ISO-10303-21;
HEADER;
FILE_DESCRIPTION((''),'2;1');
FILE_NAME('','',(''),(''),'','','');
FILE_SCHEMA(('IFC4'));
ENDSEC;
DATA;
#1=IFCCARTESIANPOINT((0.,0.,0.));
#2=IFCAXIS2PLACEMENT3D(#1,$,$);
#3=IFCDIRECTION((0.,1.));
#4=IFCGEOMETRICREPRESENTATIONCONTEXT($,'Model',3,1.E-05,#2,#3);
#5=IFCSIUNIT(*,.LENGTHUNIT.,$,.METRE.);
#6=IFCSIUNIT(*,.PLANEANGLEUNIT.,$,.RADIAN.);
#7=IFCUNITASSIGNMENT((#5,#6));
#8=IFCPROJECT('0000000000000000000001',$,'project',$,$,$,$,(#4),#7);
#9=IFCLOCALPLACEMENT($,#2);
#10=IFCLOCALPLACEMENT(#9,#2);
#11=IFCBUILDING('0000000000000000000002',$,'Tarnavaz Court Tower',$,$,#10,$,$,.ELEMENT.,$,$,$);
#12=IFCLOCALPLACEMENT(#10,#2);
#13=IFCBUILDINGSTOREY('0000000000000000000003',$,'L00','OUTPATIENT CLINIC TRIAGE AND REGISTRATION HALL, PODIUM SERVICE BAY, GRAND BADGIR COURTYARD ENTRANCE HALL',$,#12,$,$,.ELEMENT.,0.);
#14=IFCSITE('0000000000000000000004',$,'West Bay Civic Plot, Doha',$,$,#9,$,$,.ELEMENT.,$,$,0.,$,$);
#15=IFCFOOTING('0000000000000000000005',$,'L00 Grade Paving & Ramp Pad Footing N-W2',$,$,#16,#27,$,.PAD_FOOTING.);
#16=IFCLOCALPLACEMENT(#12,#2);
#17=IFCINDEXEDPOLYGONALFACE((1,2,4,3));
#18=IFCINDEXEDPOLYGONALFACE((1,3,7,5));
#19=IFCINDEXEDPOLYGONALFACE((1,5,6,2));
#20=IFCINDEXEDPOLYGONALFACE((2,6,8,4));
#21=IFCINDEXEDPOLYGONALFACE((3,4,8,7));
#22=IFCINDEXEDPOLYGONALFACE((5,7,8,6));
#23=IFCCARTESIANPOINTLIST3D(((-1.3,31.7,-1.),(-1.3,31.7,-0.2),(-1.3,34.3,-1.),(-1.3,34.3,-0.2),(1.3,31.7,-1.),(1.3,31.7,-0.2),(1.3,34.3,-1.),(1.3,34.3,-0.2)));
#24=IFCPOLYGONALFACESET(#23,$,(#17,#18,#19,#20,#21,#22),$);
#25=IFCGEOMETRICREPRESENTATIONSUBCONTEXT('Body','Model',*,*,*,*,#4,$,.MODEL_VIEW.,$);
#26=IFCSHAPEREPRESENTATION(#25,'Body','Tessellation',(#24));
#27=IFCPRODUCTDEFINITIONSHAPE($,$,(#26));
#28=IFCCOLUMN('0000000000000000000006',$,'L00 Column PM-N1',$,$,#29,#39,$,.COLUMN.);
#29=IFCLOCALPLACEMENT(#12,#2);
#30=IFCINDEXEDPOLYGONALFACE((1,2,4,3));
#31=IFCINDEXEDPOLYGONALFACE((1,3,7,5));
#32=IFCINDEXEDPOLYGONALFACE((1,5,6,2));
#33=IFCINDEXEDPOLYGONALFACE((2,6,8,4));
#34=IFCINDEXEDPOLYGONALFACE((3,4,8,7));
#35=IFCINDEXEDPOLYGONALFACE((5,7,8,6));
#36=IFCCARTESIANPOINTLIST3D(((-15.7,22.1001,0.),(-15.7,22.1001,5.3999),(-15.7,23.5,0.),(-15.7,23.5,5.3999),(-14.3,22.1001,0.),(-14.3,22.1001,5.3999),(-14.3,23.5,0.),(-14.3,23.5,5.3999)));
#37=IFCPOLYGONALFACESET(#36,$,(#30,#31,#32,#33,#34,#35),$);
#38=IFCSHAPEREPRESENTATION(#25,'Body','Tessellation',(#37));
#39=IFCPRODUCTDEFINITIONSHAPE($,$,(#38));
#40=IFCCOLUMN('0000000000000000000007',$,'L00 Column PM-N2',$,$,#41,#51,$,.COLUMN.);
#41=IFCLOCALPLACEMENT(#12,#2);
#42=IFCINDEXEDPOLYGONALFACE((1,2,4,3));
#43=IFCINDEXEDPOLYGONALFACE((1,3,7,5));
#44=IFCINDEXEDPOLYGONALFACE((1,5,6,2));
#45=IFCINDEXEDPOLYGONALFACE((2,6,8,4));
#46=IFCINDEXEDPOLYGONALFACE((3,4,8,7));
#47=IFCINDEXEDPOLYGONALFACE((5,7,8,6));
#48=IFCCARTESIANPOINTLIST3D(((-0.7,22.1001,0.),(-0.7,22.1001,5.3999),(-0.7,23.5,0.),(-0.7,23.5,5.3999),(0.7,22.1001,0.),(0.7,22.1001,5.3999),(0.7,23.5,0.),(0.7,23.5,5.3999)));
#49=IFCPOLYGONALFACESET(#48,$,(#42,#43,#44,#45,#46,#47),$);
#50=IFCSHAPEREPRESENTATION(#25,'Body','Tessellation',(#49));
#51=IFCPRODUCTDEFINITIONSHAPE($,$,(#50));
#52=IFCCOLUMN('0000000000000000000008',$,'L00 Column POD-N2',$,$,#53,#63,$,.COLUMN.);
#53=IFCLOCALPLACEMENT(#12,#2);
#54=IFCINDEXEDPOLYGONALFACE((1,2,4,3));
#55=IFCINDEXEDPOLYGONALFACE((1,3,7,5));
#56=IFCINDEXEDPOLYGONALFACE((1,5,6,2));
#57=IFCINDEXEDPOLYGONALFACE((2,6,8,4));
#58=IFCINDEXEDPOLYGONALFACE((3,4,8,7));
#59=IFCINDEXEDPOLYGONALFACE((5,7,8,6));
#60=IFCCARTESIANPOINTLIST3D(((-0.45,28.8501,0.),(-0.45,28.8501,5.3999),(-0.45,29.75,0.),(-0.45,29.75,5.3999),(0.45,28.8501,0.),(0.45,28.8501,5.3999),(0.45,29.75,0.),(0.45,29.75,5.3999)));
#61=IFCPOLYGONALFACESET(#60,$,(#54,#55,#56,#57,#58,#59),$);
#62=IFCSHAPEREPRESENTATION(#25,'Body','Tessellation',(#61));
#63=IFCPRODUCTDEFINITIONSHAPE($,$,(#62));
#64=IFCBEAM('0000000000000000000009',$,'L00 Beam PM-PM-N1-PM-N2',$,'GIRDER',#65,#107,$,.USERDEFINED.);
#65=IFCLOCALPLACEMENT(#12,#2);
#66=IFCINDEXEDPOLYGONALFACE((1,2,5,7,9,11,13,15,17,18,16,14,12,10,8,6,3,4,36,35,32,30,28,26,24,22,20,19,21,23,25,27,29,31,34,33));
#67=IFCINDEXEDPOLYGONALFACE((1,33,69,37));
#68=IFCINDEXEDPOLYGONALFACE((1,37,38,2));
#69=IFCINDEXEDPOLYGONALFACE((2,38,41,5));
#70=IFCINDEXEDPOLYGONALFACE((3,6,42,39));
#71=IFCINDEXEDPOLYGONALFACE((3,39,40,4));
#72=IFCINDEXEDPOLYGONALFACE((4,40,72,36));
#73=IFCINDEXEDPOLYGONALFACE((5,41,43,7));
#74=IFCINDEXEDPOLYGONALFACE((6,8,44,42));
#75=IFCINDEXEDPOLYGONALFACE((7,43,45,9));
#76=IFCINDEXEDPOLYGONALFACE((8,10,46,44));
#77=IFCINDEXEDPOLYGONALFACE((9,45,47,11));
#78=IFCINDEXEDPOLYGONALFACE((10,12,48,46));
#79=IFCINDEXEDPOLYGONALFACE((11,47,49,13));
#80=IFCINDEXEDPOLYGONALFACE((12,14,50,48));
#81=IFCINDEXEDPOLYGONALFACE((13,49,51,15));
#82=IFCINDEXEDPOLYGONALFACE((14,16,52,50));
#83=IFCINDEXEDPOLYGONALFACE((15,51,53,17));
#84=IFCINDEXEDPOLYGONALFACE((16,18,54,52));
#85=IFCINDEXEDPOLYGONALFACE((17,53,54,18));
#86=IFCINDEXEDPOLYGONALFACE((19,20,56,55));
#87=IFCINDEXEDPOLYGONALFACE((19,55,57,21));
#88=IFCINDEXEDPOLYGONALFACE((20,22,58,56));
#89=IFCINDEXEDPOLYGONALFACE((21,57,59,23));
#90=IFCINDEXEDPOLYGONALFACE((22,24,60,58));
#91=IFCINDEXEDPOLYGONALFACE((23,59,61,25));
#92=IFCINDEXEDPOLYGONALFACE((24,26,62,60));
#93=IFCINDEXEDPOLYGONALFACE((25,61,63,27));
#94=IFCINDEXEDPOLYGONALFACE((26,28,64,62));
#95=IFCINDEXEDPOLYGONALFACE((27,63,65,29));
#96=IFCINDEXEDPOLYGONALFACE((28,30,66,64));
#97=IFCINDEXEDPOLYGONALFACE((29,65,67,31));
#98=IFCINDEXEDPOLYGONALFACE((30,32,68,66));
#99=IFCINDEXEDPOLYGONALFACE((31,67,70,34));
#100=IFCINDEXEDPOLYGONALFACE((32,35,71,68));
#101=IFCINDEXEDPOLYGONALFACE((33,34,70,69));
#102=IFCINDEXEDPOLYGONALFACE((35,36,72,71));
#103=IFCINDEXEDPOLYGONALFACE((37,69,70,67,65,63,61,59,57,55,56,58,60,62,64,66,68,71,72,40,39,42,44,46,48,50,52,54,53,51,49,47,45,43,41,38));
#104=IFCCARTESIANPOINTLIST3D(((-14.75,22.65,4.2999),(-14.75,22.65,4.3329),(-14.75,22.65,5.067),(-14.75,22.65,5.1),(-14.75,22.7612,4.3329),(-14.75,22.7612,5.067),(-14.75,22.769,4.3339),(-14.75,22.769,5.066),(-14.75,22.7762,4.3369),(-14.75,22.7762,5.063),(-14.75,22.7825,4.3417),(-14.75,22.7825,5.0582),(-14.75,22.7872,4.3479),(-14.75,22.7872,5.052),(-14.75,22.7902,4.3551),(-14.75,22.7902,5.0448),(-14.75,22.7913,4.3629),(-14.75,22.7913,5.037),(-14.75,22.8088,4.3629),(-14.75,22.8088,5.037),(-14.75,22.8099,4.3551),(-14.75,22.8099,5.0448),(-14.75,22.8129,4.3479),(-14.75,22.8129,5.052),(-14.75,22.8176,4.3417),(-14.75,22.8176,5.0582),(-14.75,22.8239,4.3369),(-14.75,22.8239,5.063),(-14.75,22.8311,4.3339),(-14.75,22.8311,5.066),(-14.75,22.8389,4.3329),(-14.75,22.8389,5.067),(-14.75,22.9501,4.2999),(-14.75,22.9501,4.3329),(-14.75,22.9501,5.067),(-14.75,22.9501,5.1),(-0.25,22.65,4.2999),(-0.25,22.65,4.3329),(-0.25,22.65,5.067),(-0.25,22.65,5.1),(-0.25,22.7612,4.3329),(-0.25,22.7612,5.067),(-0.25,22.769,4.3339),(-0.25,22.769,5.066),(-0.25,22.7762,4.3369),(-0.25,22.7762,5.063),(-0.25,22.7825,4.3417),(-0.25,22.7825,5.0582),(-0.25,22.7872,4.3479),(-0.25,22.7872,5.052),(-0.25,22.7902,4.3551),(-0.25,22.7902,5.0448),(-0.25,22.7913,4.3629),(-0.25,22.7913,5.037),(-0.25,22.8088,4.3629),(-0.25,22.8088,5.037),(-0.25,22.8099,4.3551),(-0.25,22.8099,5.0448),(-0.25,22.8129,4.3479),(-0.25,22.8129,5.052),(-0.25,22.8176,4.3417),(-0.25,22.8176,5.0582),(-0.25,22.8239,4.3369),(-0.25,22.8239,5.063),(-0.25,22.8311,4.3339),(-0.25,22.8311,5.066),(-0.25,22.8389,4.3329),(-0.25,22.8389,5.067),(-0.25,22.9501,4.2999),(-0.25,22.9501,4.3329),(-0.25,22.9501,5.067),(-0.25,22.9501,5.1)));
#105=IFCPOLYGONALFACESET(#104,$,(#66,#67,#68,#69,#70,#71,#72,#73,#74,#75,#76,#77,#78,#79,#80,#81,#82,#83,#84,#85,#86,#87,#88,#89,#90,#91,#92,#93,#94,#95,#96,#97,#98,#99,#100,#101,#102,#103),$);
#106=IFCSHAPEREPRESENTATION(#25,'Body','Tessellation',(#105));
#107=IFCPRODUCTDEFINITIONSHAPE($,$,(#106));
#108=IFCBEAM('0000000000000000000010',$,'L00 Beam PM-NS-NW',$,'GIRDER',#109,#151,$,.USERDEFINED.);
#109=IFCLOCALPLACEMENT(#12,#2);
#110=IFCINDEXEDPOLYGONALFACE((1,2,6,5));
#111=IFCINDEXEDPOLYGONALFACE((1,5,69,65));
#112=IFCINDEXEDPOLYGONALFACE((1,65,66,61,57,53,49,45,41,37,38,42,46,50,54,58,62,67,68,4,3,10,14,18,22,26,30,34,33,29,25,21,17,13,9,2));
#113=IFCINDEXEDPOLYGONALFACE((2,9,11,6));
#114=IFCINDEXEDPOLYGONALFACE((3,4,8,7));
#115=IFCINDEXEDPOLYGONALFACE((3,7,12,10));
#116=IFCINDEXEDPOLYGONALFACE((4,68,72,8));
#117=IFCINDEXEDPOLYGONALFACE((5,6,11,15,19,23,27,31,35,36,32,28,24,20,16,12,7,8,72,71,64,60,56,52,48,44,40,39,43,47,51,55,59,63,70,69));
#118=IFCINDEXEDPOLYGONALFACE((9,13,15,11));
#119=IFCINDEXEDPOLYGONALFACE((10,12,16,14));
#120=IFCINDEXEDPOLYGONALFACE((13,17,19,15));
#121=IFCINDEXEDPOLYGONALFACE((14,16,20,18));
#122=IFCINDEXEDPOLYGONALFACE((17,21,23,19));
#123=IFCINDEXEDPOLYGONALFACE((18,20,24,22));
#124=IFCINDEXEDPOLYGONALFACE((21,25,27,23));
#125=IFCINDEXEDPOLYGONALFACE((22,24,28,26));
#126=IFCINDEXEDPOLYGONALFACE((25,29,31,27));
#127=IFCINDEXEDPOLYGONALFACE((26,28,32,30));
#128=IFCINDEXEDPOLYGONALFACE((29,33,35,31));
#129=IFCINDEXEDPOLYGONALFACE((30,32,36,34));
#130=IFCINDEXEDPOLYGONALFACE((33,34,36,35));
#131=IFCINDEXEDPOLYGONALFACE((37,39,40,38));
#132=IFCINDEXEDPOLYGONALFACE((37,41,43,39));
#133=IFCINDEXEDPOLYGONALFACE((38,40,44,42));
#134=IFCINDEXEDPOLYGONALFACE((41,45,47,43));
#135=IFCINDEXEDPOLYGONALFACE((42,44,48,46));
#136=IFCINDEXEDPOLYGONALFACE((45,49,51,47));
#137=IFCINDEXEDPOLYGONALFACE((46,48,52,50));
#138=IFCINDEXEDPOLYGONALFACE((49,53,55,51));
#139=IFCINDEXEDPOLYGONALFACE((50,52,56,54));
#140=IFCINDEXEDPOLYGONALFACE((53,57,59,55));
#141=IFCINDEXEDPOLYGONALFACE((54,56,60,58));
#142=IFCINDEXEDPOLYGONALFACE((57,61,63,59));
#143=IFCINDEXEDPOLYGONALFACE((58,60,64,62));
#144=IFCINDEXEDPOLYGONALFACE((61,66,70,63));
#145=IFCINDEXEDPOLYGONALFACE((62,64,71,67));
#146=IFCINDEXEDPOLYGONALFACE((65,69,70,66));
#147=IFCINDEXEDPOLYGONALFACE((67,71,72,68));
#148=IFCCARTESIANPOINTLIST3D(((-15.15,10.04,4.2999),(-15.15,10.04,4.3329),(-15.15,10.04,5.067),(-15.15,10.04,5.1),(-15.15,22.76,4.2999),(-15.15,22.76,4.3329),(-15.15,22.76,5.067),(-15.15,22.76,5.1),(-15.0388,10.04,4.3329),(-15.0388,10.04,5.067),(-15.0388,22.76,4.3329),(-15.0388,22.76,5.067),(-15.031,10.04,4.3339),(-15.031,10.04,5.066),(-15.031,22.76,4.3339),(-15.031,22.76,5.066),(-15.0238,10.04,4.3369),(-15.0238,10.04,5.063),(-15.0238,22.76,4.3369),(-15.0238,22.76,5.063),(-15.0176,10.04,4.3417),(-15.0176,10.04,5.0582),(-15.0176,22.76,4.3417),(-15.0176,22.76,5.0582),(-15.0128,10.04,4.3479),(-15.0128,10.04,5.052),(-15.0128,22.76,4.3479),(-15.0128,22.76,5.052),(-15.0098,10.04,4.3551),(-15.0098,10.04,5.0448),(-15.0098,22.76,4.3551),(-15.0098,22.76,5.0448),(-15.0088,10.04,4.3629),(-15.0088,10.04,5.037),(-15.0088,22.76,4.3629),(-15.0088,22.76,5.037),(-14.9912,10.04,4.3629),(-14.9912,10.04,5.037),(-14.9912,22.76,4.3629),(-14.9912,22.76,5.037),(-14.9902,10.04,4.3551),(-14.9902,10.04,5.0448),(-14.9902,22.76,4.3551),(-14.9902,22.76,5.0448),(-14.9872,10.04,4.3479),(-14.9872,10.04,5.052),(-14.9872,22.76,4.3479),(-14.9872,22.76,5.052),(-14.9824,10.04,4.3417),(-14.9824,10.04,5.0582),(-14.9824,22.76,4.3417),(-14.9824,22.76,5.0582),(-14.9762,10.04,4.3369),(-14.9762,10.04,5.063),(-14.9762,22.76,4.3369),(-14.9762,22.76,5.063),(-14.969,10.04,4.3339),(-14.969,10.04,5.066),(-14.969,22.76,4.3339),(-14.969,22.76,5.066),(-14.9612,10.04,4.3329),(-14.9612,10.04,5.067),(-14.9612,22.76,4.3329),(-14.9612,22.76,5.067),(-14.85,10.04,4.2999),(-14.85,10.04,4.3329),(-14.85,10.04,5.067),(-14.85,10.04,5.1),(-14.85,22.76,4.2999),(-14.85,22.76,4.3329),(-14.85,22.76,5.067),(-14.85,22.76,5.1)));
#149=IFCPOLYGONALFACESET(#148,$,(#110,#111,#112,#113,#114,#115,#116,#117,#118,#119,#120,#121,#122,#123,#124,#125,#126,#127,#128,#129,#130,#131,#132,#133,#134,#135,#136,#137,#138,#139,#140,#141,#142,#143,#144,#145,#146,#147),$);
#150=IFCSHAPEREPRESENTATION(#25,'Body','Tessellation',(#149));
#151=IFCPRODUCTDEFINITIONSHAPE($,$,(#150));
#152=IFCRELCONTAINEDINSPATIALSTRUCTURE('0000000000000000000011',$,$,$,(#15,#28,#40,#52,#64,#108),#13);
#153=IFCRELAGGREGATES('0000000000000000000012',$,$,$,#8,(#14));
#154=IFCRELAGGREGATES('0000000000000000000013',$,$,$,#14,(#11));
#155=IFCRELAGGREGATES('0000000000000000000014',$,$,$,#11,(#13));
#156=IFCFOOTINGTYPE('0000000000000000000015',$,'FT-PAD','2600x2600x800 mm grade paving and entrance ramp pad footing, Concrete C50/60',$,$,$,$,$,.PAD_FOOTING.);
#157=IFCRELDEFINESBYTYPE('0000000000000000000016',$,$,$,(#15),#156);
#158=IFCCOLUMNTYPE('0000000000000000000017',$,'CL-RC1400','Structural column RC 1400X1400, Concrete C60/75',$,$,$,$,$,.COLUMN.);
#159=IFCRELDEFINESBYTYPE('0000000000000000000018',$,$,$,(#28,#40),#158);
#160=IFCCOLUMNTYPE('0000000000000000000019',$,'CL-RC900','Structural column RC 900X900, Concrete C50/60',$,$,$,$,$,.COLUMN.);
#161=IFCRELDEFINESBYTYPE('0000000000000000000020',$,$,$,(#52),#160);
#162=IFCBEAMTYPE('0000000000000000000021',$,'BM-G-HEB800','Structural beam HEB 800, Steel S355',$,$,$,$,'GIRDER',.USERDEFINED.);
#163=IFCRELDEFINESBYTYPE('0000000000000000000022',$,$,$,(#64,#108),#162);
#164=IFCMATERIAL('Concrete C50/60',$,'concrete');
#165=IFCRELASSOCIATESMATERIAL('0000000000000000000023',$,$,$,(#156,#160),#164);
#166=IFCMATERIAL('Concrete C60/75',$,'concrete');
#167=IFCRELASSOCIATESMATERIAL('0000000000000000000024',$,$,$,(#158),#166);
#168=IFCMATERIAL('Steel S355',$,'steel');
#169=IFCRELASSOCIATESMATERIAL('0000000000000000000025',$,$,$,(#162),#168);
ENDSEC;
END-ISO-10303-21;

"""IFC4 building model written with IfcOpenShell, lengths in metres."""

from ifc_helpers import new_model, si_unit, direction, frame, origin, origin_2d, place, context, subcontext, project, spatial, rectangle, i_section, extrude, material, material_profile, profile_set, type_object, element, save


model = new_model("IFC4")

# Units and contexts
model_context = context("Model", 3, precision=1e-05, world=origin(), true_north=direction((0.0, 1.0)))
body_context = subcontext(model_context, "Body", "Model", "MODEL_VIEW")
ifc_project = project(units=[si_unit("LENGTHUNIT", "METRE"), si_unit("PLANEANGLEUNIT", "RADIAN")], contexts=[model_context])

# Site, building, storey
site_placement = place(None, origin())
site = spatial("IfcSite", under=ifc_project, at=site_placement, Name="West Bay Civic Plot, Doha", CompositionType="ELEMENT", RefElevation=0.0)
building_placement = place(site_placement, origin())
building = spatial("IfcBuilding", under=site, at=building_placement, Name="Tarnavaz Court Tower", CompositionType="ELEMENT")
storey_placement = place(building_placement, origin())
storey = spatial("IfcBuildingStorey", under=building, at=storey_placement, Name="L00", Description="OUTPATIENT CLINIC TRIAGE AND REGISTRATION HALL, PODIUM SERVICE BAY, GRAND BADGIR COURTYARD ENTRANCE HALL", CompositionType="ELEMENT", Elevation=0.0)

# Footing
ifc_material_1 = material(Name="Concrete C50/60", Category="concrete")
footing_type = type_object("IfcFootingType", Name="FT-PAD", Description="2600x2600x800 mm grade paving and entrance ramp pad footing, Concrete C50/60", PredefinedType="PAD_FOOTING", material=ifc_material_1)
footing_placement = place(storey_placement, frame((0.0, 33.0, -1.0), z_axis=(0.0, 0.0, 1.0), x_axis=(1.0, 0.0, 0.0)))
element("IfcFooting", 1, at=footing_placement, inside=storey, type_object=footing_type, Name="L00 Grade Paving & Ramp Pad Footing N-W2", PredefinedType="PAD_FOOTING", context=body_context, shape_type="SweptSolid", body=[
    extrude(rectangle(XDim=2.6001, YDim=2.6001, at=origin_2d()), origin(), (0.0, 0.0, 1.0), 0.8),
])

# Columns
ifc_material_2 = material(Name="Concrete C60/75", Category="concrete")
ifc_material_profile_1 = material_profile(ifc_material_2, rectangle(XDim=1.3999, YDim=1.3999, at=origin_2d()), Name="RC 1400X1400")
ifc_profile_set_1 = profile_set([ifc_material_profile_1], Name="Concrete C60/75")
column_type_1 = type_object("IfcColumnType", Name="CL-RC1400", Description="Structural column RC 1400X1400, Concrete C60/75", PredefinedType="COLUMN", material=ifc_profile_set_1)
for number, where, z_axis, x_axis, name in (
    (2, (-15.0, 22.8, 0.0), (0.0, 0.0, 1.0), (1.0, 0.0, 0.0), "L00 Column PM-N1"),
    (3, (0.0, 22.8, 0.0), (0.0, 0.0, 1.0), (1.0, 0.0, 0.0), "L00 Column PM-N2"),
):
    element("IfcColumn", number, at=place(storey_placement, frame(where, z_axis=z_axis, x_axis=x_axis)), inside=storey, type_object=column_type_1, Name=name, PredefinedType="COLUMN", context=body_context, shape_type="SweptSolid", body=[
        extrude(rectangle(XDim=1.3999, YDim=1.3999, at=origin_2d()), origin(), (0.0, 0.0, 1.0), 5.3999),
    ])
ifc_material_profile_2 = material_profile(ifc_material_1, rectangle(XDim=0.8999, YDim=0.8999, at=origin_2d()), Name="RC 900X900")
ifc_profile_set_2 = profile_set([ifc_material_profile_2], Name="Concrete C50/60")
column_type_2 = type_object("IfcColumnType", Name="CL-RC900", Description="Structural column RC 900X900, Concrete C50/60", PredefinedType="COLUMN", material=ifc_profile_set_2)
column_placement = place(storey_placement, frame((0.0, 29.3, 0.0), z_axis=(0.0, 0.0, 1.0), x_axis=(1.0, 0.0, 0.0)))
element("IfcColumn", 4, at=column_placement, inside=storey, type_object=column_type_2, Name="L00 Column POD-N2", PredefinedType="COLUMN", context=body_context, shape_type="SweptSolid", body=[
    extrude(rectangle(XDim=0.8999, YDim=0.8999, at=origin_2d()), origin(), (0.0, 0.0, 1.0), 5.3999),
])

# Beams
ifc_material_3 = material(Name="Steel S355", Category="steel")
ifc_material_profile_3 = material_profile(ifc_material_3, i_section(OverallWidth=0.3, OverallDepth=0.8, WebThickness=0.0176, FlangeThickness=0.033, FilletRadius=0.03, at=origin_2d()), Name="HEB 800")
ifc_profile_set_3 = profile_set([ifc_material_profile_3], Name="Steel S355")
beam_type_1 = type_object("IfcBeamType", Name="BM-G-HEB800", Description="Structural beam HEB 800, Steel S355", ElementType="GIRDER", PredefinedType="USERDEFINED", material=ifc_profile_set_3)
beam_1_placement = place(storey_placement, frame((-14.75, 22.8, 4.7), z_axis=(1.0, 0.0, 0.0), x_axis=(0.0, 1.0, 0.0)))
element("IfcBeam", 5, at=beam_1_placement, inside=storey, type_object=beam_type_1, Name="L00 Beam PM-PM-N1-PM-N2", ObjectType="GIRDER", PredefinedType="USERDEFINED", context=body_context, shape_type="SweptSolid", body=[
    extrude(i_section(OverallWidth=0.3, OverallDepth=0.8, WebThickness=0.0176, FlangeThickness=0.033, FilletRadius=0.03, at=origin_2d()), origin(), (0.0, 0.0, 1.0), 14.5),
])
beam_2_placement = place(storey_placement, frame((-15.0, 10.04, 4.7), z_axis=(0.0, 1.0, 0.0), x_axis=(-1.0, 0.0, 0.0)))
element("IfcBeam", 6, at=beam_2_placement, inside=storey, type_object=beam_type_1, Name="L00 Beam PM-NS-NW", ObjectType="GIRDER", PredefinedType="USERDEFINED", context=body_context, shape_type="SweptSolid", body=[
    extrude(i_section(OverallWidth=0.3, OverallDepth=0.8, WebThickness=0.0176, FlangeThickness=0.033, FilletRadius=0.03, at=origin_2d()), origin(), (0.0, 0.0, 1.0), 12.72),
])

save(model, "model.ifc")
